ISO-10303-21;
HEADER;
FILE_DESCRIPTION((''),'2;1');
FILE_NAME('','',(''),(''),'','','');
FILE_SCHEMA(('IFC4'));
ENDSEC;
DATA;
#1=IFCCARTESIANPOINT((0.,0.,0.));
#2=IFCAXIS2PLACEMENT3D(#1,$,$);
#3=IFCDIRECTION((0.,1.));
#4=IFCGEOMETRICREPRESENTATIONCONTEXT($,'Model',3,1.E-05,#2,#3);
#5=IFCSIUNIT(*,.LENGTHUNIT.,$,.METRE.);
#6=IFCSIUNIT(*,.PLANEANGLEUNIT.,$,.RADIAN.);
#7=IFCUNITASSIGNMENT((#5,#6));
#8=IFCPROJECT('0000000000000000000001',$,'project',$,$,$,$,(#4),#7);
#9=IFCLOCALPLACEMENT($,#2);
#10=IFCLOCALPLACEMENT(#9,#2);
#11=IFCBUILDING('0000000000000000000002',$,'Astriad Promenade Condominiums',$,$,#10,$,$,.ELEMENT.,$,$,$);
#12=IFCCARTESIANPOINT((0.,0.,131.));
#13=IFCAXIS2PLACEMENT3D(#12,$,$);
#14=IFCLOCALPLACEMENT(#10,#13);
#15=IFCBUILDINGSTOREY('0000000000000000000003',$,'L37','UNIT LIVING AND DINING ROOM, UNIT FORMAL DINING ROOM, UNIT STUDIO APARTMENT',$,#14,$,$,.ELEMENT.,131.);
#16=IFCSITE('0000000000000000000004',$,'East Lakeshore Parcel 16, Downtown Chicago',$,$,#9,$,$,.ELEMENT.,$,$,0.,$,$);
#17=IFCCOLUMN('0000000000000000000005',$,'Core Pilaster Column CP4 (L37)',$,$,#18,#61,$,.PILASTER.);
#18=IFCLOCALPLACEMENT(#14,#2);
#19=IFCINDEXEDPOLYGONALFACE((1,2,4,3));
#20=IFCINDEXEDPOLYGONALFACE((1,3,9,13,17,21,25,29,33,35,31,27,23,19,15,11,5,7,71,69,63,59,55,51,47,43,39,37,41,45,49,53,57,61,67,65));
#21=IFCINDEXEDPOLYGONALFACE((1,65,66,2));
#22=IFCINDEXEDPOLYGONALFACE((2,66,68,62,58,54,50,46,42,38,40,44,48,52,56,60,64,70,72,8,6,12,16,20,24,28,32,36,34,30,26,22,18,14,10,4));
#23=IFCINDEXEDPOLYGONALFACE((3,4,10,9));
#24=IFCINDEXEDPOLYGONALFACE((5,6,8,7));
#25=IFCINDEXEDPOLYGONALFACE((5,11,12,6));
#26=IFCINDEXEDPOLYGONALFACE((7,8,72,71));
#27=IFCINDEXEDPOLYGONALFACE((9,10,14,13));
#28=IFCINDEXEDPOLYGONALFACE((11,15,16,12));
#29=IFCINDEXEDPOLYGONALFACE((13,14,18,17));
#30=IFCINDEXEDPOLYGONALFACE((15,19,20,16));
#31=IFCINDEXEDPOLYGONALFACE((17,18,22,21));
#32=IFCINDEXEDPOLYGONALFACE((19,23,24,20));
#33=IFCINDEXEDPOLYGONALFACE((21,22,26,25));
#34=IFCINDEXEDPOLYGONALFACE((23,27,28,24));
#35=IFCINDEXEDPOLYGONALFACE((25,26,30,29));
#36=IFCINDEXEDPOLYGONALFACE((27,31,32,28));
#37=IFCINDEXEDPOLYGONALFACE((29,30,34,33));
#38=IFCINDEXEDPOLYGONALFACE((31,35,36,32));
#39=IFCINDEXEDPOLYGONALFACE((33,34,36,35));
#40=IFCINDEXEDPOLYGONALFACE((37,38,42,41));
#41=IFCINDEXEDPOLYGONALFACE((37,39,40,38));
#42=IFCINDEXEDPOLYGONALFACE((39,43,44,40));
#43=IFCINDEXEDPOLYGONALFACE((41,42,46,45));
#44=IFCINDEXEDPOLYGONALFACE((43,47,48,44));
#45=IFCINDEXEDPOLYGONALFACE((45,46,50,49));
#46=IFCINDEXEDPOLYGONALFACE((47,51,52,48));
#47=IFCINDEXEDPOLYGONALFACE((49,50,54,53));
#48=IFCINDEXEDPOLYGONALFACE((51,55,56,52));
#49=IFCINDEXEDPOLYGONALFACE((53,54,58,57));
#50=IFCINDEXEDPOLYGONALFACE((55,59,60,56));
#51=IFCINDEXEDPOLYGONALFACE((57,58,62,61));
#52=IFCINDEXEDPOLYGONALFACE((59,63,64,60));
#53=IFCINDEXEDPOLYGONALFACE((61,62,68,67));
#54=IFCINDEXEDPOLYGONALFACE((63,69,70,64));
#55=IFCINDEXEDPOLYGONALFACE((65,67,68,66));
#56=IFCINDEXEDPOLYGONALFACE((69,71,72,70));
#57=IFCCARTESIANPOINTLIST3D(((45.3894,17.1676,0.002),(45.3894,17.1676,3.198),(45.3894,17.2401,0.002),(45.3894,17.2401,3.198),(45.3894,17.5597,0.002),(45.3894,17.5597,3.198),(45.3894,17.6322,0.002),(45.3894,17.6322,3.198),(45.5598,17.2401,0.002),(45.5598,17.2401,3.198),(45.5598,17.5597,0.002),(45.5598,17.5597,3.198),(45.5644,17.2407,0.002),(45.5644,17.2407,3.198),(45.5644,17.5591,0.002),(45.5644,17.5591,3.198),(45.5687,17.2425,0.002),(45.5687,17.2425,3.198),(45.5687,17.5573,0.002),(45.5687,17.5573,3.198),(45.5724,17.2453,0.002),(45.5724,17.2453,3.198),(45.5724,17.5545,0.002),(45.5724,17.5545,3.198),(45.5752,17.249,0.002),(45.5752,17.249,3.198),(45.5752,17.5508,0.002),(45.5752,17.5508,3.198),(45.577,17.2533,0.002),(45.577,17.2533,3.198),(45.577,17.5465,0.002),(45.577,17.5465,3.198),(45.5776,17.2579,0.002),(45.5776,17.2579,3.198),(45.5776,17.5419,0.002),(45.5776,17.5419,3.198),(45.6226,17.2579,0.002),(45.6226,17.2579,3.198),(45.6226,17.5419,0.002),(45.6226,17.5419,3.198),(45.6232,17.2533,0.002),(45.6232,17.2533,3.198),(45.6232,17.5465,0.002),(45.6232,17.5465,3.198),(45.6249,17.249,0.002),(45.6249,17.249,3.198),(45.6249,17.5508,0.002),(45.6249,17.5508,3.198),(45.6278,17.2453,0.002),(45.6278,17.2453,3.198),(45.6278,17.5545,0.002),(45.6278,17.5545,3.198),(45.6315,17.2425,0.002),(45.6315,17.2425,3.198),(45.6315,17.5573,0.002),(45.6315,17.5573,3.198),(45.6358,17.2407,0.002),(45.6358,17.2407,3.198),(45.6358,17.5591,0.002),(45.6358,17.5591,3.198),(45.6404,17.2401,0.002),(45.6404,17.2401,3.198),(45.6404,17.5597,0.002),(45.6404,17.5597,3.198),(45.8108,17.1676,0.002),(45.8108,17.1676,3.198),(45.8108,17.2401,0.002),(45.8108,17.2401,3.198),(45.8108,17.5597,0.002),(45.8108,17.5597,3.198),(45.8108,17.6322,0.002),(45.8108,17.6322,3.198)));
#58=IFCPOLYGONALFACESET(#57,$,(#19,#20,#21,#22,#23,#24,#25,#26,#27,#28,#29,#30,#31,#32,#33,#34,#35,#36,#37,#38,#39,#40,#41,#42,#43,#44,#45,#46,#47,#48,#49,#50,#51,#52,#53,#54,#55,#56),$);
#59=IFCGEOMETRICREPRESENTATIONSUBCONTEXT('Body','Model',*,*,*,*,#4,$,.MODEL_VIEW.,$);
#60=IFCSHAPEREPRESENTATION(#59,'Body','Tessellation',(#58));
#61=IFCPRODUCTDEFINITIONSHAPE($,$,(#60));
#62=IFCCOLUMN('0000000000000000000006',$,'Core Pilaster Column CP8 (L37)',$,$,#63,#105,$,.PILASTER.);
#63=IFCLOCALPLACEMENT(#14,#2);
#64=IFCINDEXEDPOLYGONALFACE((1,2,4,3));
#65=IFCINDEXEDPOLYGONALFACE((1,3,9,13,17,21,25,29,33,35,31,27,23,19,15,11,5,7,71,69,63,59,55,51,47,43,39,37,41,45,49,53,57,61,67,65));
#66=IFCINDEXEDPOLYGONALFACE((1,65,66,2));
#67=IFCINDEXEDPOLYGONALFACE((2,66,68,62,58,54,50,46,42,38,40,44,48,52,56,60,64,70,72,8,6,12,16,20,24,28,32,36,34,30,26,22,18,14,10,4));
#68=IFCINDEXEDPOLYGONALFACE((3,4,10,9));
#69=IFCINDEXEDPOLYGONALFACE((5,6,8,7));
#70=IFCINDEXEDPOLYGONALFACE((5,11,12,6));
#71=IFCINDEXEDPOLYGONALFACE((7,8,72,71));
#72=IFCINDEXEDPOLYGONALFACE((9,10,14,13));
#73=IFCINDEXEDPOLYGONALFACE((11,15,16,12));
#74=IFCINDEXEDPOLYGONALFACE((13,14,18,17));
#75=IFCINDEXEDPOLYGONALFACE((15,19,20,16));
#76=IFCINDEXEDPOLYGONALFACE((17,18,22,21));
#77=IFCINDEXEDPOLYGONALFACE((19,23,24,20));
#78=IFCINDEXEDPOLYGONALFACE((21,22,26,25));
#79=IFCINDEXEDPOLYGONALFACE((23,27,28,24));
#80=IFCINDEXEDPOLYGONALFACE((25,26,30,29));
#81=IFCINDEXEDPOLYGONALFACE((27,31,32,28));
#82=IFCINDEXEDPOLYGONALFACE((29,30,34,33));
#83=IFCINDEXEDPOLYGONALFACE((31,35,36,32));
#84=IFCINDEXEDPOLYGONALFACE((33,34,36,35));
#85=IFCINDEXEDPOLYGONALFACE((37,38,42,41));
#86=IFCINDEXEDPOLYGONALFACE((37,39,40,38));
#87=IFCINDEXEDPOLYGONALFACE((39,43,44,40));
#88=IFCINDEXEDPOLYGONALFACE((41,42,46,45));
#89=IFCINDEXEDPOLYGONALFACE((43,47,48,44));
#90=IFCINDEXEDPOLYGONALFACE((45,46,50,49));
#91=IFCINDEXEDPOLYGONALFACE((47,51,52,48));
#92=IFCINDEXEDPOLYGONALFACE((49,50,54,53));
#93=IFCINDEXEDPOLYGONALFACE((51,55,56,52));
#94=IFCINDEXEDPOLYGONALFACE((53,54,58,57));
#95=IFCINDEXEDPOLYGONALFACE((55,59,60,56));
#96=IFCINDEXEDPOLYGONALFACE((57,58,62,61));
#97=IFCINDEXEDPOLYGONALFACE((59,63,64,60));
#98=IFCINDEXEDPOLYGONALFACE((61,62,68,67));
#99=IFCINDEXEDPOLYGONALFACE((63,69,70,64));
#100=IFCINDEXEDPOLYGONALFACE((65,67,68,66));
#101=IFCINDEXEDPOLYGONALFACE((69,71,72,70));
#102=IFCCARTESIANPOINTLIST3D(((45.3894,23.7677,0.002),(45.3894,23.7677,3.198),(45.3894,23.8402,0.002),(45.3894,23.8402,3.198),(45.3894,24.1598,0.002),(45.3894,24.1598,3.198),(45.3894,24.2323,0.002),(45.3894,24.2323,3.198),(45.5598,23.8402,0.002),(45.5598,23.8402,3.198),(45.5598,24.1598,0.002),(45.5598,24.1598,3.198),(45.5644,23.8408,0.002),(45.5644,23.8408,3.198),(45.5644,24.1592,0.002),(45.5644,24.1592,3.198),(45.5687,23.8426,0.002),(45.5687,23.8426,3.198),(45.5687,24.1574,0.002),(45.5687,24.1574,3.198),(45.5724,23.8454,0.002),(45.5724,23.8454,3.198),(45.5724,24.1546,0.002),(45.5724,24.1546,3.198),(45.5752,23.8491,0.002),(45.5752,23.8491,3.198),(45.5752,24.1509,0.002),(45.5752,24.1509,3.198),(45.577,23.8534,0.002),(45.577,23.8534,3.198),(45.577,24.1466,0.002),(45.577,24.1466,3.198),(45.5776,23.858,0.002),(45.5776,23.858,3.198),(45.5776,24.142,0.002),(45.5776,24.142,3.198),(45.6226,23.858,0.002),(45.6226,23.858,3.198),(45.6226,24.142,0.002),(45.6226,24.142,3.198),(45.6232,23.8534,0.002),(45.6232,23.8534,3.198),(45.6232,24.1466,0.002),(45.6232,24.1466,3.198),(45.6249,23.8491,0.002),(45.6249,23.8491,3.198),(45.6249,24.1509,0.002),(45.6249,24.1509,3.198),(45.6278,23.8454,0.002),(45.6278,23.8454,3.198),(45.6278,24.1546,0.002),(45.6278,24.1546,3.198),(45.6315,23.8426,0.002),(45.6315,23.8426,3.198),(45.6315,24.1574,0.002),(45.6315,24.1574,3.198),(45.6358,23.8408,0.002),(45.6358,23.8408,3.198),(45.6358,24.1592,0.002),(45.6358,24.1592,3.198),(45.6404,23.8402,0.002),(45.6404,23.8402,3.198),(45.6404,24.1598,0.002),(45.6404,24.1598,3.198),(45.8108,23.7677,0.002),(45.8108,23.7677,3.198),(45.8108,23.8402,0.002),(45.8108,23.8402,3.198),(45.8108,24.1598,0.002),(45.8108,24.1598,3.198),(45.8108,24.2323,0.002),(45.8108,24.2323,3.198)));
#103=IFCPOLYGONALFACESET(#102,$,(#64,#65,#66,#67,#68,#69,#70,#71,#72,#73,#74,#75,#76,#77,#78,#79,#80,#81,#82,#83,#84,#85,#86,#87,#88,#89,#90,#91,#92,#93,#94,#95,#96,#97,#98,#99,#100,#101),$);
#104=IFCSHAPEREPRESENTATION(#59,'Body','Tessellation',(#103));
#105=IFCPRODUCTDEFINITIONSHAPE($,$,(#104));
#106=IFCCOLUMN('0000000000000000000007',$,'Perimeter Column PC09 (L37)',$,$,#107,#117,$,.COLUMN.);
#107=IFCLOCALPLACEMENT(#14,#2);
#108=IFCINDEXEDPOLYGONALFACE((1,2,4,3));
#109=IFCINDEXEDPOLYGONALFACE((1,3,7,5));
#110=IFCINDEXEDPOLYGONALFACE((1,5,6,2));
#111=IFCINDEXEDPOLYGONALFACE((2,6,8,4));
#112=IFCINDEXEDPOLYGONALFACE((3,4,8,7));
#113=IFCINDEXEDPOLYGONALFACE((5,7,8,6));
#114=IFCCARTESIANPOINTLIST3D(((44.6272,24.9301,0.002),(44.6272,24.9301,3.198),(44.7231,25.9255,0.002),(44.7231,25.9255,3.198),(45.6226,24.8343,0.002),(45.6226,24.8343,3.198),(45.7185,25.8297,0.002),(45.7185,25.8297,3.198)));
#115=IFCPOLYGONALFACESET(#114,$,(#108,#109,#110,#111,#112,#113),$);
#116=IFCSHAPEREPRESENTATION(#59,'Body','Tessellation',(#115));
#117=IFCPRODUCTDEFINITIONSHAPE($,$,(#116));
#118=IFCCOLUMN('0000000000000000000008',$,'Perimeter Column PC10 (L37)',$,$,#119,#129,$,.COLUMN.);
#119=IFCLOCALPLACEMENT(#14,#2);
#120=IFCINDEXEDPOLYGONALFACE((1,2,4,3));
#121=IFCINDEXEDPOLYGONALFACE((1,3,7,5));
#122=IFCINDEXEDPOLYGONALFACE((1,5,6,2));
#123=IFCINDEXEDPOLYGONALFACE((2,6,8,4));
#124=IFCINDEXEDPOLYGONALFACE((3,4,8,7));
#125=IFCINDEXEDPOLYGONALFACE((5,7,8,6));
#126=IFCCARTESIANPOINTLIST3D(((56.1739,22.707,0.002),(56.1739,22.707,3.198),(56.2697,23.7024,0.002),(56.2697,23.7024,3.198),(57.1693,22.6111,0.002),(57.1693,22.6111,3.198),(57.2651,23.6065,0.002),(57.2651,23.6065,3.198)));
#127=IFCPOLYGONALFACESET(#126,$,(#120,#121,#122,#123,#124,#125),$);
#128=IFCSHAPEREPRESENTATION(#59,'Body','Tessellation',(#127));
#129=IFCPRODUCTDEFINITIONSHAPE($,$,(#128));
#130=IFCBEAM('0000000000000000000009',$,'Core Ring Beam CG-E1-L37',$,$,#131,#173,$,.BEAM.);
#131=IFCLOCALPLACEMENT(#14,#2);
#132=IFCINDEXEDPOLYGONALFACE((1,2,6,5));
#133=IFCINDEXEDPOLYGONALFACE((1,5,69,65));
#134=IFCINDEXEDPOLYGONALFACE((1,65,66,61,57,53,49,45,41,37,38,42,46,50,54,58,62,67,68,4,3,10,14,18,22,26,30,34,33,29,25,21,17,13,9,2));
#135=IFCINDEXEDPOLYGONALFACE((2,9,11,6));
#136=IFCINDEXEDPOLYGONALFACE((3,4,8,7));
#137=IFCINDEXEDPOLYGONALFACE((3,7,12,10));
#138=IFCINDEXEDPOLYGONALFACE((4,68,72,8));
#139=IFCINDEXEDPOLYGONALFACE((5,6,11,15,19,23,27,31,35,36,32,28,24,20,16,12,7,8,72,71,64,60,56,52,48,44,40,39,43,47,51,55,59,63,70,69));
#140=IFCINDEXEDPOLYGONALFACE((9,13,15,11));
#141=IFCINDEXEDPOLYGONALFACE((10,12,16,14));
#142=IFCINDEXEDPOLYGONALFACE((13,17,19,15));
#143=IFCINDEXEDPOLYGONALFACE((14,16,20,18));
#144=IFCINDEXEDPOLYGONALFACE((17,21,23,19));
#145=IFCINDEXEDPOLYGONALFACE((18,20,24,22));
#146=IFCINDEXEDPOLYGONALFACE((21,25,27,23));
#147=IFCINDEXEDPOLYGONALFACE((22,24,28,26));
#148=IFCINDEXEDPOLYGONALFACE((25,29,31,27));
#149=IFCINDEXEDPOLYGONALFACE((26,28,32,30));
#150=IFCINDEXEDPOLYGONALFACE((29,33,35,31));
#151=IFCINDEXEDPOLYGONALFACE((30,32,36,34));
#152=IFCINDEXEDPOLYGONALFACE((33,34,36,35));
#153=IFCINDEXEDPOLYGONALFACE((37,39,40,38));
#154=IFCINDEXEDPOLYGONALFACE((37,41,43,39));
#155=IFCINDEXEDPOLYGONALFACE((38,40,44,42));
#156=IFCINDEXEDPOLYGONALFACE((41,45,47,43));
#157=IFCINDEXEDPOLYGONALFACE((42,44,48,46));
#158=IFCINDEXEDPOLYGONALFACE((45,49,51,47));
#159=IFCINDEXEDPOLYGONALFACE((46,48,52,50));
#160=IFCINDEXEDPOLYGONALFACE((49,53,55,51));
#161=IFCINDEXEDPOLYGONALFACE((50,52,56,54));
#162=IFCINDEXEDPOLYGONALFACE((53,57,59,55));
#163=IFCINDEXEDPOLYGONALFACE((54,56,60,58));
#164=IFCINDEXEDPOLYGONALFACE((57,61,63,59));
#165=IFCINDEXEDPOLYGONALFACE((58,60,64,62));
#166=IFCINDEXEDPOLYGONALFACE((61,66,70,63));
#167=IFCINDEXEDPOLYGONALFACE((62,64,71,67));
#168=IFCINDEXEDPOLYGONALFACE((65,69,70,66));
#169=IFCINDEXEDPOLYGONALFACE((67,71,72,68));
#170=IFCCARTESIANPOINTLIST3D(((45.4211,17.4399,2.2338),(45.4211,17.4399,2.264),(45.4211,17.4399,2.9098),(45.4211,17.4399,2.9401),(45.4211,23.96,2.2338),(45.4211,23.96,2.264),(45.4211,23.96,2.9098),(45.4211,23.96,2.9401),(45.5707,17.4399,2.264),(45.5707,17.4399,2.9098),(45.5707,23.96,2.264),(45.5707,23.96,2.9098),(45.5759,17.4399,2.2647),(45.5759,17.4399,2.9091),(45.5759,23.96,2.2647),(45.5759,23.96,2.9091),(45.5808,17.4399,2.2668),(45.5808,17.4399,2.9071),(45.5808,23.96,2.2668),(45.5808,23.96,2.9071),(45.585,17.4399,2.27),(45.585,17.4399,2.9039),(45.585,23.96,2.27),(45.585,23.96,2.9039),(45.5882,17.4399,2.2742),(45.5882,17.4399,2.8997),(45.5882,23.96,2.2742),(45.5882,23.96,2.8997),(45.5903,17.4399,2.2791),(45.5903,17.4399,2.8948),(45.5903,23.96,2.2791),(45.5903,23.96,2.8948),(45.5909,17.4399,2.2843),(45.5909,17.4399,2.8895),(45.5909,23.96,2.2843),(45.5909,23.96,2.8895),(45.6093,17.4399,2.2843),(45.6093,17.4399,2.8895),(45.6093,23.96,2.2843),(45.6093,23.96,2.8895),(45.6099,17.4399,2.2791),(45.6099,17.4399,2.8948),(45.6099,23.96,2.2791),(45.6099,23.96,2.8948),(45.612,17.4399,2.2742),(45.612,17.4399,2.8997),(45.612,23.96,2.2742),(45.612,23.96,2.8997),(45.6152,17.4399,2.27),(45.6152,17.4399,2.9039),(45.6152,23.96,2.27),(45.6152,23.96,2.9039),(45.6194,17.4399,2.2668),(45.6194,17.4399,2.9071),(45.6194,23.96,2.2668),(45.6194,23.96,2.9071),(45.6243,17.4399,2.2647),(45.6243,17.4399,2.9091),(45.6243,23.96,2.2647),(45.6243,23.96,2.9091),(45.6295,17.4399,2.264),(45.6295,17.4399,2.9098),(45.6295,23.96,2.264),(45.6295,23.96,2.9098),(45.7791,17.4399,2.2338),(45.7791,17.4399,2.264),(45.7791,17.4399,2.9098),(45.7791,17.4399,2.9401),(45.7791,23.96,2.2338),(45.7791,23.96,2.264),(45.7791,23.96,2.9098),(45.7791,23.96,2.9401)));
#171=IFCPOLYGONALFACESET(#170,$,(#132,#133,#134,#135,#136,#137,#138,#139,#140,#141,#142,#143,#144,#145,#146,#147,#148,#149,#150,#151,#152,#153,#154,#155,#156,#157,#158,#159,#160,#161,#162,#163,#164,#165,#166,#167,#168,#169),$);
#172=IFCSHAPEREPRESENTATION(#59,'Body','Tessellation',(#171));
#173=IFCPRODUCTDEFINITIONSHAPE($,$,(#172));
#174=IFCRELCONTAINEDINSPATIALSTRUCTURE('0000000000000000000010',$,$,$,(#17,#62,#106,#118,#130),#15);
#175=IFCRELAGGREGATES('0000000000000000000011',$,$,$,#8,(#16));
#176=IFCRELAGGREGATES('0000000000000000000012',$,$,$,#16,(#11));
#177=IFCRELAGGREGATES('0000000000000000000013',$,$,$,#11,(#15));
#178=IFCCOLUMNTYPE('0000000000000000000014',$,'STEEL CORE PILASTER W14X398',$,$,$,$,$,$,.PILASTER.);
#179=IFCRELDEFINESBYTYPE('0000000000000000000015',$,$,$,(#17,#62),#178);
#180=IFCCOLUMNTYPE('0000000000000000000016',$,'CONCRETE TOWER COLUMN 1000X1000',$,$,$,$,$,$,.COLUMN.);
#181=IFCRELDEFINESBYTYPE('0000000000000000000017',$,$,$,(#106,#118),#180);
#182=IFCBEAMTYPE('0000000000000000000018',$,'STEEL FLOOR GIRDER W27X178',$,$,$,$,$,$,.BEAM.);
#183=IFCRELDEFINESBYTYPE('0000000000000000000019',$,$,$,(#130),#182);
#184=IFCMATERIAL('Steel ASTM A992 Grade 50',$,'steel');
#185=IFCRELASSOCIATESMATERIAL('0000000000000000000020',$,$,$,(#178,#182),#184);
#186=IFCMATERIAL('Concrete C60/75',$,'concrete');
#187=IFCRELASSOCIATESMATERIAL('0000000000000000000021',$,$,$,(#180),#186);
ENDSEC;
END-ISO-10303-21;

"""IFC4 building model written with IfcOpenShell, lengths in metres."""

from ifc_helpers import new_model, si_unit, direction, frame, origin, origin_2d, place, context, subcontext, project, spatial, rectangle, i_section, extrude, source, transform, mapped, material, material_profile, profile_set, type_object, type_shapes, element, save


model = new_model("IFC4")

# Units and contexts
model_context = context("Model", 3, precision=1e-05, world=origin(), true_north=direction((0.0, 1.0)))
body_context = subcontext(model_context, "Body", "Model", "MODEL_VIEW")
ifc_project = project(units=[si_unit("LENGTHUNIT", "METRE"), si_unit("PLANEANGLEUNIT", "RADIAN")], contexts=[model_context])

# Site, building, storey
site_placement = place(None, origin())
site = spatial("IfcSite", under=ifc_project, at=site_placement, Name="East Lakeshore Parcel 16, Downtown Chicago", CompositionType="ELEMENT", RefElevation=0.0)
building_placement = place(site_placement, origin())
building = spatial("IfcBuilding", under=site, at=building_placement, Name="Astriad Promenade Condominiums", CompositionType="ELEMENT")
storey_placement = place(building_placement, frame((0.0, 0.0, 131.0)))
storey = spatial("IfcBuildingStorey", under=building, at=storey_placement, Name="L37", Description="UNIT LIVING AND DINING ROOM, UNIT FORMAL DINING ROOM, UNIT STUDIO APARTMENT", CompositionType="ELEMENT", Elevation=131.0)

# Columns
ifc_material_1 = material(Name="Steel ASTM A992 Grade 50", Category="steel")
ifc_material_profile_1 = material_profile(ifc_material_1, i_section(OverallWidth=0.4214, OverallDepth=0.4646, WebThickness=0.0449, FlangeThickness=0.0725, FilletRadius=0.0178, at=origin_2d()), Name="W14X398")
ifc_profile_set_1 = profile_set([ifc_material_profile_1], Name="Steel ASTM A992 Grade 50")
column_type_1 = type_object("IfcColumnType", Name="STEEL CORE PILASTER W14X398", PredefinedType="PILASTER", material=ifc_profile_set_1)
shared_shape_1 = source(origin(), body_context, "Body", "SweptSolid", [
    extrude(i_section(OverallWidth=0.4214, OverallDepth=0.4646, WebThickness=0.0449, FlangeThickness=0.0725, FilletRadius=0.0178, at=origin_2d()), origin(), (0.0, 0.0, 1.0), 3.196),
])
type_shapes(column_type_1, [shared_shape_1])
for number, where, z_axis, x_axis, name in (
    (1, (45.6001, 17.3999, 0.002), (0.0, 0.0, 1.0), (1.0, 0.0, 0.0), "Core Pilaster Column CP4 (L37)"),
    (2, (45.6001, 24.0, 0.002), (0.0, 0.0, 1.0), (1.0, 0.0, 0.0), "Core Pilaster Column CP8 (L37)"),
):
    element("IfcColumn", number, at=place(storey_placement, frame(where, z_axis=z_axis, x_axis=x_axis)), inside=storey, type_object=column_type_1, Name=name, PredefinedType="PILASTER", context=body_context, shape_type="MappedRepresentation", body=[
        mapped(shared_shape_1, transform((0.0, 0.0, 0.0), scale=1.0)),
    ])
ifc_material_2 = material(Name="Concrete C60/75", Category="concrete")
ifc_material_profile_2 = material_profile(ifc_material_2, rectangle(XDim=1.0, YDim=1.0, at=origin_2d()), Name="RC-COL-1000X1000")
ifc_profile_set_2 = profile_set([ifc_material_profile_2], Name="Concrete C60/75")
column_type_2 = type_object("IfcColumnType", Name="CONCRETE TOWER COLUMN 1000X1000", PredefinedType="COLUMN", material=ifc_profile_set_2)
shared_shape_2 = source(origin(), body_context, "Body", "SweptSolid", [
    extrude(rectangle(XDim=1.0, YDim=1.0, at=origin_2d()), origin(), (0.0, 0.0, 1.0), 3.196),
])
type_shapes(column_type_2, [shared_shape_2])
for number, where, z_axis, x_axis, name in (
    (3, (45.1729, 25.3799, 0.002), (0.0, 0.0, 1.0), (0.995396, -0.095846, 0.0), "Perimeter Column PC09 (L37)"),
    (4, (56.7195, 23.1567, 0.002), (0.0, 0.0, 1.0), (0.995396, -0.095846, 0.0), "Perimeter Column PC10 (L37)"),
):
    element("IfcColumn", number, at=place(storey_placement, frame(where, z_axis=z_axis, x_axis=x_axis)), inside=storey, type_object=column_type_2, Name=name, PredefinedType="COLUMN", context=body_context, shape_type="MappedRepresentation", body=[
        mapped(shared_shape_2, transform((0.0, 0.0, 0.0), scale=1.0)),
    ])

# Beam
ifc_material_profile_3 = material_profile(ifc_material_1, i_section(OverallWidth=0.3579, OverallDepth=0.7063, WebThickness=0.0183, FlangeThickness=0.0303, FilletRadius=0.0203, at=origin_2d()), Name="W27X178")
ifc_profile_set_3 = profile_set([ifc_material_profile_3], Name="Steel ASTM A992 Grade 50")
beam_type_1 = type_object("IfcBeamType", Name="STEEL FLOOR GIRDER W27X178", PredefinedType="BEAM", material=ifc_profile_set_3)
shared_shape_3 = source(origin(), body_context, "Body", "SweptSolid", [
    extrude(i_section(OverallWidth=0.3579, OverallDepth=0.7063, WebThickness=0.0183, FlangeThickness=0.0303, FilletRadius=0.0203, at=origin_2d()), origin(), (0.0, 0.0, 1.0), 6.52),
])
beam_1_placement = place(storey_placement, frame((45.6001, 17.4399, 2.5869), z_axis=(0.0, 1.0, 0.0), x_axis=(-1.0, 0.0, 0.0)))
element("IfcBeam", 5, at=beam_1_placement, inside=storey, type_object=beam_type_1, Name="Core Ring Beam CG-E1-L37", PredefinedType="BEAM", context=body_context, shape_type="MappedRepresentation", body=[
    mapped(shared_shape_3, transform((0.0, 0.0, 0.0), scale=1.0)),
])

save(model, "model.ifc")
